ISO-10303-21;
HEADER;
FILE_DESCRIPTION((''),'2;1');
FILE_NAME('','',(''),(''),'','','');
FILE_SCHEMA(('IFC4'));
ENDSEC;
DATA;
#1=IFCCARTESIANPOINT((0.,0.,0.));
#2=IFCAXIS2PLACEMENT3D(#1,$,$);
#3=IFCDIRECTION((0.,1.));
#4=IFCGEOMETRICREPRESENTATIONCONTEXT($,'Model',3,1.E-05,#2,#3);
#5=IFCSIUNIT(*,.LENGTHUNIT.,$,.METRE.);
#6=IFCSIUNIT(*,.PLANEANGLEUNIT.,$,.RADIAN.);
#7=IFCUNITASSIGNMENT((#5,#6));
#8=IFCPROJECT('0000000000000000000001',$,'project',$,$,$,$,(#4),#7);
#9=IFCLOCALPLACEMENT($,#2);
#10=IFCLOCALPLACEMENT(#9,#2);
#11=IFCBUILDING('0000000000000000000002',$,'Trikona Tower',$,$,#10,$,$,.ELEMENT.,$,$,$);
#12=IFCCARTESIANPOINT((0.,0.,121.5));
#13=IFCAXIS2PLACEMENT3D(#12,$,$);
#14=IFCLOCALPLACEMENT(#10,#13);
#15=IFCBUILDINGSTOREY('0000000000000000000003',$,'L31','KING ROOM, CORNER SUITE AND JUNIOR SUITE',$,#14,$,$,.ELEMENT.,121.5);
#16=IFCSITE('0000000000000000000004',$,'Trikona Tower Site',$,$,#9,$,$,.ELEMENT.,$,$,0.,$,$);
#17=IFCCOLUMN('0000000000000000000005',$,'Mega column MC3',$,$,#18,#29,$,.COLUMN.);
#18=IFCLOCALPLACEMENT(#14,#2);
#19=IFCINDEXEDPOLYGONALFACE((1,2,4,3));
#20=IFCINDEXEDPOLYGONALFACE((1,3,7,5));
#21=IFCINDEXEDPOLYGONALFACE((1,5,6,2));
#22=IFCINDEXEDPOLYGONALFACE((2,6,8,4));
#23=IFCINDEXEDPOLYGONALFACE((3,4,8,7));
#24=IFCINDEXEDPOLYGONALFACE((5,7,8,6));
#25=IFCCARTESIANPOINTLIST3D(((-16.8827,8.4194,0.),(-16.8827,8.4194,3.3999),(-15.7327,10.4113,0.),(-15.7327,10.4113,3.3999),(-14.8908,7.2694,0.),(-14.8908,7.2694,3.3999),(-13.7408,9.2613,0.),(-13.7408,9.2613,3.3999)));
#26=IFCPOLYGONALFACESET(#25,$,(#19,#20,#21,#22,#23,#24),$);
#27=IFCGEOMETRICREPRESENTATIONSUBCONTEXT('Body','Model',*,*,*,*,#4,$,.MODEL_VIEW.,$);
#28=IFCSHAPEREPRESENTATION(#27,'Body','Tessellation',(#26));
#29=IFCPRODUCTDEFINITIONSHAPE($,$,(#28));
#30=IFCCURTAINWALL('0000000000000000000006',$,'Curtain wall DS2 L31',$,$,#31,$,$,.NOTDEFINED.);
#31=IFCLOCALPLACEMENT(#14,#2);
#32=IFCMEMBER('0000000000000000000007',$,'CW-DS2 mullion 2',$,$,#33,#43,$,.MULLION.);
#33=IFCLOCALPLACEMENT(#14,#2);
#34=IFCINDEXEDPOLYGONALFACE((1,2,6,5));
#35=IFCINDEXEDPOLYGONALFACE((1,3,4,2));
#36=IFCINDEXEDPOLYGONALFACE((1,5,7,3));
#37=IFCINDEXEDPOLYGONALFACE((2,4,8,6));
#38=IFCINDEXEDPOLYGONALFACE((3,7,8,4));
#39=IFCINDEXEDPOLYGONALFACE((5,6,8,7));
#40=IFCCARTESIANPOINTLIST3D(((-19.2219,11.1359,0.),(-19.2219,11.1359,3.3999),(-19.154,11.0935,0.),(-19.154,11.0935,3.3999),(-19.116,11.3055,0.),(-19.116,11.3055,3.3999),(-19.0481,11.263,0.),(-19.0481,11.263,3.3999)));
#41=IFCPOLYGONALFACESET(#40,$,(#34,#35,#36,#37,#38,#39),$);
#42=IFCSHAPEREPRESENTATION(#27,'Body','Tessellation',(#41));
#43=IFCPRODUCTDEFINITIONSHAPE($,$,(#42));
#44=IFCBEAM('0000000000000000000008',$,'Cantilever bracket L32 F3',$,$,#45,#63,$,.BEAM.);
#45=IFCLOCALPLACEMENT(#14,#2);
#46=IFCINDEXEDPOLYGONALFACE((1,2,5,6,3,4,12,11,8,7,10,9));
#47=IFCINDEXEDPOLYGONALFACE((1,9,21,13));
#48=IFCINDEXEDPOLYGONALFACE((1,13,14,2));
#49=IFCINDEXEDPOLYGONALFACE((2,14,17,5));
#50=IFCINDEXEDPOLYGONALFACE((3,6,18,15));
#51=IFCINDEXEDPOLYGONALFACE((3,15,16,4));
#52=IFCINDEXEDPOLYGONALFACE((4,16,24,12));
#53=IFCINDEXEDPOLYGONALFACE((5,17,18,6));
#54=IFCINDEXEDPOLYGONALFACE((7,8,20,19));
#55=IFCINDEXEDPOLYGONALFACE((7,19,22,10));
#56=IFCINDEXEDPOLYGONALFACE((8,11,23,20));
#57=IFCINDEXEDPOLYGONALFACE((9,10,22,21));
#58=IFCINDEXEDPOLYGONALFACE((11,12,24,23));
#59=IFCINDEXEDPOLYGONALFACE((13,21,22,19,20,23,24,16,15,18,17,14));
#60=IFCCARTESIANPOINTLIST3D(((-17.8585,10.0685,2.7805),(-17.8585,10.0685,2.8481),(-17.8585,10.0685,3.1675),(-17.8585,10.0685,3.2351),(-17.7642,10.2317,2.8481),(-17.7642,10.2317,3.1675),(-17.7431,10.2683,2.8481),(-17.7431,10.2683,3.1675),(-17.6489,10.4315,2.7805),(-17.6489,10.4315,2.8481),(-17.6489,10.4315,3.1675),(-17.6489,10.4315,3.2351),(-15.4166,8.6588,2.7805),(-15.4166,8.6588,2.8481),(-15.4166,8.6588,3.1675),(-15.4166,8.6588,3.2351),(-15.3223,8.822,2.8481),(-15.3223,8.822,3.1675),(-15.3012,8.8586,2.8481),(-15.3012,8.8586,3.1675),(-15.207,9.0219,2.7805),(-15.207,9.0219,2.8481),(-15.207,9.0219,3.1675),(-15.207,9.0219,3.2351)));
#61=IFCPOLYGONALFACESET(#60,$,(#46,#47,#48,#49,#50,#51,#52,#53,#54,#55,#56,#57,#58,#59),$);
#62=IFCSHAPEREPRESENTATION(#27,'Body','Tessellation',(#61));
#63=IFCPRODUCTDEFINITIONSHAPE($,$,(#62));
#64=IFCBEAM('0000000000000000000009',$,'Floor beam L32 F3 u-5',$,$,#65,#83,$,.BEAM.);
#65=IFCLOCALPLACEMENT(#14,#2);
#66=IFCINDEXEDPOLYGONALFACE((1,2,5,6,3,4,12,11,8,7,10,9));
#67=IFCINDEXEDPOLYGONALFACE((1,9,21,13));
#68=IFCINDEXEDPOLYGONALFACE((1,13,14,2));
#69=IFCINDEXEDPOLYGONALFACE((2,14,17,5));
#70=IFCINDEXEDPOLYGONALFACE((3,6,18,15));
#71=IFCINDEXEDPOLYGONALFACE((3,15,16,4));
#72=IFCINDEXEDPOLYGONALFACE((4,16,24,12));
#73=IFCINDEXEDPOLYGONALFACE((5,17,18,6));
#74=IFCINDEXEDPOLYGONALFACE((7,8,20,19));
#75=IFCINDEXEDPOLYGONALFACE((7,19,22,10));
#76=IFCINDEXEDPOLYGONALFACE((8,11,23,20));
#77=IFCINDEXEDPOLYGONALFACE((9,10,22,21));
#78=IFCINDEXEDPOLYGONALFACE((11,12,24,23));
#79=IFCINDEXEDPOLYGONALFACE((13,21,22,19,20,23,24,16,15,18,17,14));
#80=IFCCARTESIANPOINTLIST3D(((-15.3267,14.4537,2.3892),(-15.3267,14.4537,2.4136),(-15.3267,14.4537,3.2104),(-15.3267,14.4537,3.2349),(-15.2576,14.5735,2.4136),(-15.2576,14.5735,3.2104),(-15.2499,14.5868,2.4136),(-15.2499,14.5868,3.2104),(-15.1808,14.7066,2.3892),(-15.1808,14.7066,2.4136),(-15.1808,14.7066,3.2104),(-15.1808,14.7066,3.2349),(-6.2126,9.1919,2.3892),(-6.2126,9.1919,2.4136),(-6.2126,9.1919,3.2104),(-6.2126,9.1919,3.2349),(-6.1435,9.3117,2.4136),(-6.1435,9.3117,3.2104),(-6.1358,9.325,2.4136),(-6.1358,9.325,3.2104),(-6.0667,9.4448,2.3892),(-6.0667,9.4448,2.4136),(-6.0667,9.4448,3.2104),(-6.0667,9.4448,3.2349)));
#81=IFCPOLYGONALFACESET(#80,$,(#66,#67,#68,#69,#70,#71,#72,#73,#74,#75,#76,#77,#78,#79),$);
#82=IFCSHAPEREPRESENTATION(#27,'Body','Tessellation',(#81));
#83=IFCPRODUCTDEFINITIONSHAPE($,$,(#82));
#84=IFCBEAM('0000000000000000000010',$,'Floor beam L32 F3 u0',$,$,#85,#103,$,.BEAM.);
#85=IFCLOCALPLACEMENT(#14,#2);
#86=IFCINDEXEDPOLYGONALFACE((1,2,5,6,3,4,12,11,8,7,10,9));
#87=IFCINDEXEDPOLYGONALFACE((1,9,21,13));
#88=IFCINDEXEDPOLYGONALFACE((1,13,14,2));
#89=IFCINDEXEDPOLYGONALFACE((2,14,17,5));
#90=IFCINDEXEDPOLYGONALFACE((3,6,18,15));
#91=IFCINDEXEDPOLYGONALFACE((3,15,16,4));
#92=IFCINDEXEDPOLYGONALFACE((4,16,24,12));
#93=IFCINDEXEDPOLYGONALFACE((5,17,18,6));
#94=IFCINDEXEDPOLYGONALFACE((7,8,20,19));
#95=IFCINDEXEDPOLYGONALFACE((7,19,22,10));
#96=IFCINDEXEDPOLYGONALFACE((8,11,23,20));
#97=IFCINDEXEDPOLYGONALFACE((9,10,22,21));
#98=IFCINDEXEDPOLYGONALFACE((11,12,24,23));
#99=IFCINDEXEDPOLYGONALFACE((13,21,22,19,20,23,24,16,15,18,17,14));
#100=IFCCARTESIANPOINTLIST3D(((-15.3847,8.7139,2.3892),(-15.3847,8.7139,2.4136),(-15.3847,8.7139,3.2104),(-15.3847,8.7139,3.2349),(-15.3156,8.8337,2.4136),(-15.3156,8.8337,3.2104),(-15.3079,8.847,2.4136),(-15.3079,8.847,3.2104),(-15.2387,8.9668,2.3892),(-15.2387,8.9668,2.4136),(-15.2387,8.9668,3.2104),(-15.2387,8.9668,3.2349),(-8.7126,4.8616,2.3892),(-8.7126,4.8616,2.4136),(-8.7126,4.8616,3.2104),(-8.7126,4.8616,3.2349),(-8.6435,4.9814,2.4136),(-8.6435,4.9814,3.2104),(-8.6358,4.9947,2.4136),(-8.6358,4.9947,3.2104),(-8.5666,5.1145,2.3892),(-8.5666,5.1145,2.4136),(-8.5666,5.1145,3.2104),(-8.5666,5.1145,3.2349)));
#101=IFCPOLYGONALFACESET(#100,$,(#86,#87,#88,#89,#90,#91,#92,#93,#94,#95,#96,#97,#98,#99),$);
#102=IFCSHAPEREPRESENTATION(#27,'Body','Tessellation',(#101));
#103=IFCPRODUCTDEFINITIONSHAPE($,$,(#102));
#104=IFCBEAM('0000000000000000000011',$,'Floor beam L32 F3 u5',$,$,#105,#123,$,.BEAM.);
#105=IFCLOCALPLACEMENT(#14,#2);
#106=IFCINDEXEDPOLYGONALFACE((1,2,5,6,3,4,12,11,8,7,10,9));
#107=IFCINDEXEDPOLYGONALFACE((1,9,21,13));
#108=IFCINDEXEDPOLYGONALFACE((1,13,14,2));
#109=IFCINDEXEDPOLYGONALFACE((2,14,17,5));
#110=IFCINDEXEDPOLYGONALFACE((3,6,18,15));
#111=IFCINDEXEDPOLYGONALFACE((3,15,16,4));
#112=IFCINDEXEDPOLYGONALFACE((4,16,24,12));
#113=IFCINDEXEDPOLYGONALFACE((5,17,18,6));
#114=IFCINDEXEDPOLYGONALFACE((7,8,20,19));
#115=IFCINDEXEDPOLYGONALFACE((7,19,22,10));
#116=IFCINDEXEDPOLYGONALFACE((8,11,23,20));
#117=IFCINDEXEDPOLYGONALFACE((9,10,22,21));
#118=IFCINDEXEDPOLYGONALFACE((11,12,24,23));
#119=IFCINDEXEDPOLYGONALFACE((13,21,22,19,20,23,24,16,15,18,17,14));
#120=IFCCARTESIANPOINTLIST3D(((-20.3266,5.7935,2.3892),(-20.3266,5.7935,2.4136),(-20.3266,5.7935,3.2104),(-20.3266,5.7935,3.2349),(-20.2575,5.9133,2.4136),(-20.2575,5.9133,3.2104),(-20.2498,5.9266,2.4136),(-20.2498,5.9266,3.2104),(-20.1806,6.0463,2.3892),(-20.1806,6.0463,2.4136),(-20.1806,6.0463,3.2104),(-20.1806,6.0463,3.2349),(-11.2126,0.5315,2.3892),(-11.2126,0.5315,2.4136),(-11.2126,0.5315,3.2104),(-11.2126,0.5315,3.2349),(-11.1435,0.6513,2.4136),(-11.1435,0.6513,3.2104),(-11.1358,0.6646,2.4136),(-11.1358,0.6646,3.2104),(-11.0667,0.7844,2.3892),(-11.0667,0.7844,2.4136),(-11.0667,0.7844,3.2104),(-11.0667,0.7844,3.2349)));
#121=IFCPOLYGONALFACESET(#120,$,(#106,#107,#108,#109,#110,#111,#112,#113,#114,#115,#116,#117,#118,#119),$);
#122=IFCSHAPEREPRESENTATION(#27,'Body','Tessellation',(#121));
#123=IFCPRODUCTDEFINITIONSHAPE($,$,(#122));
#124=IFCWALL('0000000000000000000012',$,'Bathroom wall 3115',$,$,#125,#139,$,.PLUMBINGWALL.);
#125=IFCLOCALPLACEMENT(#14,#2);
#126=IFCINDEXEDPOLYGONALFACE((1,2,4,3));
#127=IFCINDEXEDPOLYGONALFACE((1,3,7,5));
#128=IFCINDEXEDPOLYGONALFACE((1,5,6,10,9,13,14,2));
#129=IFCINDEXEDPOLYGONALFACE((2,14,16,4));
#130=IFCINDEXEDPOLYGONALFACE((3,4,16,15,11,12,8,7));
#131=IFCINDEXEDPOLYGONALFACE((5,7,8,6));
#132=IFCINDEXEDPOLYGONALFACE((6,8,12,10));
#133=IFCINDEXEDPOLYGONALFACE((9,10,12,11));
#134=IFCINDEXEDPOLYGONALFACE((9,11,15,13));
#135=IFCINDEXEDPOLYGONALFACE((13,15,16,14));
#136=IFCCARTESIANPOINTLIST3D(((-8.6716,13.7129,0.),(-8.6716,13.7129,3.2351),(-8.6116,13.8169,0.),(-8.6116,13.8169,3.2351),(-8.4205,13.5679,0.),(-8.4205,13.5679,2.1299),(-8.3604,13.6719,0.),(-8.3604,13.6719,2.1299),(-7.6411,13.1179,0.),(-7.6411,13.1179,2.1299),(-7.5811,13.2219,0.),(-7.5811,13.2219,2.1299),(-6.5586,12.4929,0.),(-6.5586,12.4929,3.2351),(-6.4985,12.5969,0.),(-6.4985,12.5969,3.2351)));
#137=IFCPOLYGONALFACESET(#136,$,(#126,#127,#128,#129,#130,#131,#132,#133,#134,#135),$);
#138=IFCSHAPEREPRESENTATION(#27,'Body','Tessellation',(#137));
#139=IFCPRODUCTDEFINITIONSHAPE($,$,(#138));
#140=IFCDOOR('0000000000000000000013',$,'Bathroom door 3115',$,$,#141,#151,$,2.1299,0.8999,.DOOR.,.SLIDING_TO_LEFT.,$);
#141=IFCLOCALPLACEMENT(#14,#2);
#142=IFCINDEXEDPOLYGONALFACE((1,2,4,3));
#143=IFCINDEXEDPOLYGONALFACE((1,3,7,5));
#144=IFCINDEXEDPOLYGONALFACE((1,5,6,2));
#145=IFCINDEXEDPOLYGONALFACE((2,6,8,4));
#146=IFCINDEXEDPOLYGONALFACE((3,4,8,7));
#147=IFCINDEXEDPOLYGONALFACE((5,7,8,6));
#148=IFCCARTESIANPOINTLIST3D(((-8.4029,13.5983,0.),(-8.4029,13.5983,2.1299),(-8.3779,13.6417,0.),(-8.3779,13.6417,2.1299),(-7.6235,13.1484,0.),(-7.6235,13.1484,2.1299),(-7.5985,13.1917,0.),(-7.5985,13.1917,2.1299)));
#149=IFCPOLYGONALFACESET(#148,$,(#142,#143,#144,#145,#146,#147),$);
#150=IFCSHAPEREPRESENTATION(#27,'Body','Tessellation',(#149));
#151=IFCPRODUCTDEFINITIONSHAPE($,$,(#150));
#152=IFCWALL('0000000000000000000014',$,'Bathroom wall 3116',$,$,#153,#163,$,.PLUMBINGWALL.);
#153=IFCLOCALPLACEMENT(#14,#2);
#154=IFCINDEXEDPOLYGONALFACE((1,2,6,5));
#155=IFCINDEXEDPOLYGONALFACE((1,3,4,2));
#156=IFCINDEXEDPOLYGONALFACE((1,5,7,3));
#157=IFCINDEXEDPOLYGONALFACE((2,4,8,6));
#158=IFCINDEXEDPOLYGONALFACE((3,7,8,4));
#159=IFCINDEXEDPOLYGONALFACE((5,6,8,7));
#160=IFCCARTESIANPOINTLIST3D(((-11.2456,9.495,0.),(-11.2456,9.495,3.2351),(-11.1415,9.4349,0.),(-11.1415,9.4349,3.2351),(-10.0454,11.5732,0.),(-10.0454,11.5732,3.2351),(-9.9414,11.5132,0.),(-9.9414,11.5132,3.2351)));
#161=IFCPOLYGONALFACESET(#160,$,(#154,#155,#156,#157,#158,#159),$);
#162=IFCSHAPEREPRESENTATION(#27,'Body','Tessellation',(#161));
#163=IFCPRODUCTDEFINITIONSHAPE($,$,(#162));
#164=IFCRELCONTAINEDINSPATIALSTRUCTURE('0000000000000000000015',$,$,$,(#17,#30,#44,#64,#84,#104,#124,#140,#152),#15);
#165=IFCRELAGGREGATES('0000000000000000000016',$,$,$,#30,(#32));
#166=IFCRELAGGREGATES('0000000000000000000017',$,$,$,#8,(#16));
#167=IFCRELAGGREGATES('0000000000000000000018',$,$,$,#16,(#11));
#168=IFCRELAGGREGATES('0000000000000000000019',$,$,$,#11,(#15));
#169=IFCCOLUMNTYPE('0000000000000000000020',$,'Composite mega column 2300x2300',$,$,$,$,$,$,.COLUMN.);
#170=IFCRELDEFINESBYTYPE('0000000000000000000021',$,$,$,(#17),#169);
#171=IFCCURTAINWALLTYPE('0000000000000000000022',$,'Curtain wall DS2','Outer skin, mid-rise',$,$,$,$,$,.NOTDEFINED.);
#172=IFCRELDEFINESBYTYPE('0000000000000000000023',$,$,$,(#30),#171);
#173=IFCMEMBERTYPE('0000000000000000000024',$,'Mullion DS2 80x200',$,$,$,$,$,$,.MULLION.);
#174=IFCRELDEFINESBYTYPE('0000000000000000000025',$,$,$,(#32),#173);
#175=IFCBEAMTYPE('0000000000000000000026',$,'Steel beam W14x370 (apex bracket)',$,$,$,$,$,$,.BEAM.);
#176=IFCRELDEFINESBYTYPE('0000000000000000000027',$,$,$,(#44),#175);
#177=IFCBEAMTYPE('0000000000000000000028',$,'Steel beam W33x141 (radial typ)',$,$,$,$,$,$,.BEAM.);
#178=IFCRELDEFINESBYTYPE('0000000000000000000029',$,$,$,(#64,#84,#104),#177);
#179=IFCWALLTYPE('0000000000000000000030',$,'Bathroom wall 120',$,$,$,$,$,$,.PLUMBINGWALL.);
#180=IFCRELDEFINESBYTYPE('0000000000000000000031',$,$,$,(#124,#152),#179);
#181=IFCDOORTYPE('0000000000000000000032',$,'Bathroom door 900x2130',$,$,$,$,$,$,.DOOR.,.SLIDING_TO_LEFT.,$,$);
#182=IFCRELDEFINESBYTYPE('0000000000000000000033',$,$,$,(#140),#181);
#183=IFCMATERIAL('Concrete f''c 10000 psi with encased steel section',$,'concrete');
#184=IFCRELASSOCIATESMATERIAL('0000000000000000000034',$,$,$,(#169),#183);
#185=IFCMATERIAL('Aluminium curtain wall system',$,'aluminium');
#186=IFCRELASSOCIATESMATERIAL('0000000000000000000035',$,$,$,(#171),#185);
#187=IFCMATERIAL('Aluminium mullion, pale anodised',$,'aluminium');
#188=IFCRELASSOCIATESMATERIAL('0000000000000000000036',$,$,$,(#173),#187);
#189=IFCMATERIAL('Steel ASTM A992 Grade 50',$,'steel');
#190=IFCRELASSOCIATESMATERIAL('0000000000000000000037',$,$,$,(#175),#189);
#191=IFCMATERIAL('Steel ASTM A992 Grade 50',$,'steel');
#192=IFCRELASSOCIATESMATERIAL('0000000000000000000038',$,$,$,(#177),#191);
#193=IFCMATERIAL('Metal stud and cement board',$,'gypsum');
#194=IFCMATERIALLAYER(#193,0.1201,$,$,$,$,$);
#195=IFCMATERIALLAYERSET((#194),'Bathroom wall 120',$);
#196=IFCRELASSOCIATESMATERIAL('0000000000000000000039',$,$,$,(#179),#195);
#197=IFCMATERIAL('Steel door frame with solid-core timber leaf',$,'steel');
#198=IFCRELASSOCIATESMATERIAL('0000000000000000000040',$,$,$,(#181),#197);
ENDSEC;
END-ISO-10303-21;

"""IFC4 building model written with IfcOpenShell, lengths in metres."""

from ifc_helpers import new_model, si_unit, direction, frame, frame_2d, origin, origin_2d, place, context, subcontext, project, spatial, rectangle, i_section, extrude, material, layer, layer_set, material_profile, profile_set, type_object, element, fill, aggregate, save


model = new_model("IFC4")

# Units and contexts
model_context = context("Model", 3, precision=1e-05, world=origin(), true_north=direction((0.0, 1.0)))
body_context = subcontext(model_context, "Body", "Model", "MODEL_VIEW")
ifc_project = project(units=[si_unit("LENGTHUNIT", "METRE"), si_unit("PLANEANGLEUNIT", "RADIAN")], contexts=[model_context])

# Site, building, storey
site_placement = place(None, origin())
site = spatial("IfcSite", under=ifc_project, at=site_placement, Name="Trikona Tower Site", CompositionType="ELEMENT", RefElevation=0.0)
building_placement = place(site_placement, origin())
building = spatial("IfcBuilding", under=site, at=building_placement, Name="Trikona Tower", CompositionType="ELEMENT")
storey_placement = place(building_placement, frame((0.0, 0.0, 121.5)))
storey = spatial("IfcBuildingStorey", under=building, at=storey_placement, Name="L31", Description="KING ROOM, CORNER SUITE AND JUNIOR SUITE", CompositionType="ELEMENT", Elevation=121.5)

# Column
ifc_material_1 = material(Name="Concrete f'c 10000 psi with encased steel section", Category="concrete")
ifc_material_profile_1 = material_profile(ifc_material_1, rectangle(XDim=2.3, YDim=2.3, at=origin_2d()), Name="MC2300")
ifc_profile_set_1 = profile_set([ifc_material_profile_1], Name="Concrete f'c 10000 psi with encased steel section")
column_type = type_object("IfcColumnType", Name="Composite mega column 2300x2300", PredefinedType="COLUMN", material=ifc_profile_set_1)
column_placement = place(storey_placement, frame((-15.3118, 8.8403, 0.0), z_axis=(0.0, 0.0, 1.0), x_axis=(-0.866025, 0.5, 0.0)))
element("IfcColumn", 1, at=column_placement, inside=storey, type_object=column_type, Name="Mega column MC3", PredefinedType="COLUMN", context=body_context, shape_type="SweptSolid", body=[
    extrude(rectangle(XDim=2.3, YDim=2.3, at=origin_2d()), origin(), (0.0, 0.0, 1.0), 3.3999),
])

# Curtain wall, member
ifc_material_2 = material(Name="Aluminium curtain wall system", Category="aluminium")
curtain_wall_type = type_object("IfcCurtainWallType", Name="Curtain wall DS2", Description="Outer skin, mid-rise", PredefinedType="NOTDEFINED", material=ifc_material_2)
curtain_wall_placement = place(storey_placement, origin())
curtain_wall = element("IfcCurtainWall", 2, at=curtain_wall_placement, inside=storey, type_object=curtain_wall_type, Name="Curtain wall DS2 L31", PredefinedType="NOTDEFINED")
ifc_material_3 = material(Name="Aluminium mullion, pale anodised", Category="aluminium")
ifc_material_profile_2 = material_profile(ifc_material_3, rectangle(XDim=0.0801, YDim=0.2, at=origin_2d()), Name="MUL-DS2")
ifc_profile_set_2 = profile_set([ifc_material_profile_2], Name="Aluminium mullion, pale anodised")
member_type = type_object("IfcMemberType", Name="Mullion DS2 80x200", PredefinedType="MULLION", material=ifc_profile_set_2)
member_placement = place(storey_placement, frame((-19.135, 11.1995, 0.0), z_axis=(0.0, 0.0, 1.0), x_axis=(0.847998, -0.529999, 0.0)))
member = element("IfcMember", 3, at=member_placement, type_object=member_type, Name="CW-DS2 mullion 2", PredefinedType="MULLION", context=body_context, shape_type="SweptSolid", body=[
    extrude(rectangle(XDim=0.0801, YDim=0.2, at=origin_2d()), origin(), (0.0, 0.0, 1.0), 3.3999),
])
aggregate(curtain_wall, [member])

# Beams
ifc_material_4 = material(Name="Steel ASTM A992 Grade 50", Category="steel")
ifc_material_profile_3 = material_profile(ifc_material_4, i_section(OverallWidth=0.4192, OverallDepth=0.4546, WebThickness=0.0422, FlangeThickness=0.0676, at=origin_2d()), Name="W14X370")
ifc_profile_set_3 = profile_set([ifc_material_profile_3], Name="Steel ASTM A992 Grade 50")
beam_type_1 = type_object("IfcBeamType", Name="Steel beam W14x370 (apex bracket)", PredefinedType="BEAM", material=ifc_profile_set_3)
beam_1_placement = place(storey_placement, frame((-15.3118, 8.8403, 3.0078), z_axis=(-0.86605, 0.499957, 0.0), x_axis=(-0.499957, -0.86605, 0.0)))
element("IfcBeam", 4, at=beam_1_placement, inside=storey, type_object=beam_type_1, Name="Cantilever bracket L32 F3", PredefinedType="BEAM", context=body_context, shape_type="SweptSolid", body=[
    extrude(i_section(OverallWidth=0.4192, OverallDepth=0.4546, WebThickness=0.0422, FlangeThickness=0.0676, at=origin_2d()), origin(), (0.0, 0.0, 1.0), 2.8196),
])
ifc_material_5 = material(Name="Steel ASTM A992 Grade 50", Category="steel")
ifc_material_profile_4 = material_profile(ifc_material_5, i_section(OverallWidth=0.292, OverallDepth=0.8457, WebThickness=0.0154, FlangeThickness=0.0244, at=origin_2d()), Name="W33X141")
ifc_profile_set_4 = profile_set([ifc_material_profile_4], Name="Steel ASTM A992 Grade 50")
beam_type_2 = type_object("IfcBeamType", Name="Steel beam W33x141 (radial typ)", PredefinedType="BEAM", material=ifc_profile_set_4)
beam_2_placement = place(storey_placement, frame((-6.1396, 9.3184, 2.812), z_axis=(-0.866036, 0.499982, 0.0), x_axis=(-0.499982, -0.866036, 0.0)))
element("IfcBeam", 5, at=beam_2_placement, inside=storey, type_object=beam_type_2, Name="Floor beam L32 F3 u-5", PredefinedType="BEAM", context=body_context, shape_type="SweptSolid", body=[
    extrude(i_section(OverallWidth=0.292, OverallDepth=0.8457, WebThickness=0.0154, FlangeThickness=0.0244, at=origin_2d()), origin(), (0.0, 0.0, 1.0), 10.5239),
])
beam_3_placement = place(storey_placement, frame((-8.6396, 4.988, 2.812), z_axis=(-0.866017, 0.500014, 0.0), x_axis=(-0.500014, -0.866017, 0.0)))
element("IfcBeam", 6, at=beam_3_placement, inside=storey, type_object=beam_type_2, Name="Floor beam L32 F3 u0", PredefinedType="BEAM", context=body_context, shape_type="SweptSolid", body=[
    extrude(i_section(OverallWidth=0.292, OverallDepth=0.8457, WebThickness=0.0154, FlangeThickness=0.0244, at=origin_2d()), origin(), (0.0, 0.0, 1.0), 7.7043),
])
beam_4_placement = place(storey_placement, frame((-11.1396, 0.658, 2.812), z_axis=(-0.866026, 0.499999, 0.0), x_axis=(-0.499999, -0.866026, 0.0)))
element("IfcBeam", 7, at=beam_4_placement, inside=storey, type_object=beam_type_2, Name="Floor beam L32 F3 u5", PredefinedType="BEAM", context=body_context, shape_type="SweptSolid", body=[
    extrude(i_section(OverallWidth=0.292, OverallDepth=0.8457, WebThickness=0.0154, FlangeThickness=0.0244, at=origin_2d()), origin(), (0.0, 0.0, 1.0), 10.5239),
])

# Wall, opening, door
ifc_material_6 = material(Name="Metal stud and cement board", Category="gypsum")
ifc_layer_1 = layer(ifc_material_6, 0.1201)
ifc_layer_set_1 = layer_set([ifc_layer_1], Name="Bathroom wall 120")
wall_type_1 = type_object("IfcWallType", Name="Bathroom wall 120", PredefinedType="PLUMBINGWALL", material=ifc_layer_set_1)
wall_1_placement = place(storey_placement, frame((-6.5286, 12.5449, 0.0), z_axis=(0.0, 0.0, 1.0), x_axis=(-0.866024, 0.500003, 0.0)))
wall_1 = element("IfcWall", 8, at=wall_1_placement, inside=storey, type_object=wall_type_1, Name="Bathroom wall 3115", PredefinedType="PLUMBINGWALL", context=body_context, shape_type="SweptSolid", body=[
    extrude(rectangle(XDim=2.4399, YDim=0.1201, at=frame_2d((1.22, 0.0))), origin(), (0.0, 0.0, 1.0), 3.2351),
])
opening_1_placement = place(wall_1_placement, frame((1.25, 0.0, 0.0)))
opening_1 = element("IfcOpeningElement", 9, at=opening_1_placement, cuts=wall_1, PredefinedType="OPENING", context=body_context, shape_type="SweptSolid", body=[
    extrude(rectangle(XDim=0.8999, YDim=2.1299, at=frame_2d((0.45, 1.0649))), frame((0.0, 0.0701, 0.0), z_axis=(0.0, -1.0, 0.0), x_axis=(1.0, 0.0, 0.0)), (0.0, 0.0, 1.0), 0.1401),
])
ifc_material_7 = material(Name="Steel door frame with solid-core timber leaf", Category="steel")
door_type_1 = type_object("IfcDoorType", Name="Bathroom door 900x2130", OperationType="SLIDING_TO_LEFT", PredefinedType="DOOR", material=ifc_material_7)
door_1_placement = place(opening_1_placement, origin())
door_1 = element("IfcDoor", 10, at=door_1_placement, inside=storey, type_object=door_type_1, Name="Bathroom door 3115", OperationType="SLIDING_TO_LEFT", OverallHeight=2.1299, OverallWidth=0.8999, PredefinedType="DOOR", context=body_context, shape_type="SweptSolid", body=[
    extrude(rectangle(XDim=0.8999, YDim=2.1299, at=frame_2d((0.45, 1.0649))), frame((0.0, 0.0249, 0.0), z_axis=(0.0, -1.0, 0.0), x_axis=(1.0, 0.0, 0.0)), (0.0, 0.0, 1.0), 0.05),
])
fill(opening_1, door_1)

# Wall
wall_2_placement = place(storey_placement, frame((-9.9934, 11.5432, 0.0), z_axis=(0.0, 0.0, 1.0), x_axis=(-0.500078, -0.865981, 0.0)))
element("IfcWall", 11, at=wall_2_placement, inside=storey, type_object=wall_type_1, Name="Bathroom wall 3116", PredefinedType="PLUMBINGWALL", context=body_context, shape_type="SweptSolid", body=[
    extrude(rectangle(XDim=2.3999, YDim=0.1201, at=frame_2d((1.2, 0.0))), origin(), (0.0, 0.0, 1.0), 3.2351),
])

save(model, "model.ifc")
